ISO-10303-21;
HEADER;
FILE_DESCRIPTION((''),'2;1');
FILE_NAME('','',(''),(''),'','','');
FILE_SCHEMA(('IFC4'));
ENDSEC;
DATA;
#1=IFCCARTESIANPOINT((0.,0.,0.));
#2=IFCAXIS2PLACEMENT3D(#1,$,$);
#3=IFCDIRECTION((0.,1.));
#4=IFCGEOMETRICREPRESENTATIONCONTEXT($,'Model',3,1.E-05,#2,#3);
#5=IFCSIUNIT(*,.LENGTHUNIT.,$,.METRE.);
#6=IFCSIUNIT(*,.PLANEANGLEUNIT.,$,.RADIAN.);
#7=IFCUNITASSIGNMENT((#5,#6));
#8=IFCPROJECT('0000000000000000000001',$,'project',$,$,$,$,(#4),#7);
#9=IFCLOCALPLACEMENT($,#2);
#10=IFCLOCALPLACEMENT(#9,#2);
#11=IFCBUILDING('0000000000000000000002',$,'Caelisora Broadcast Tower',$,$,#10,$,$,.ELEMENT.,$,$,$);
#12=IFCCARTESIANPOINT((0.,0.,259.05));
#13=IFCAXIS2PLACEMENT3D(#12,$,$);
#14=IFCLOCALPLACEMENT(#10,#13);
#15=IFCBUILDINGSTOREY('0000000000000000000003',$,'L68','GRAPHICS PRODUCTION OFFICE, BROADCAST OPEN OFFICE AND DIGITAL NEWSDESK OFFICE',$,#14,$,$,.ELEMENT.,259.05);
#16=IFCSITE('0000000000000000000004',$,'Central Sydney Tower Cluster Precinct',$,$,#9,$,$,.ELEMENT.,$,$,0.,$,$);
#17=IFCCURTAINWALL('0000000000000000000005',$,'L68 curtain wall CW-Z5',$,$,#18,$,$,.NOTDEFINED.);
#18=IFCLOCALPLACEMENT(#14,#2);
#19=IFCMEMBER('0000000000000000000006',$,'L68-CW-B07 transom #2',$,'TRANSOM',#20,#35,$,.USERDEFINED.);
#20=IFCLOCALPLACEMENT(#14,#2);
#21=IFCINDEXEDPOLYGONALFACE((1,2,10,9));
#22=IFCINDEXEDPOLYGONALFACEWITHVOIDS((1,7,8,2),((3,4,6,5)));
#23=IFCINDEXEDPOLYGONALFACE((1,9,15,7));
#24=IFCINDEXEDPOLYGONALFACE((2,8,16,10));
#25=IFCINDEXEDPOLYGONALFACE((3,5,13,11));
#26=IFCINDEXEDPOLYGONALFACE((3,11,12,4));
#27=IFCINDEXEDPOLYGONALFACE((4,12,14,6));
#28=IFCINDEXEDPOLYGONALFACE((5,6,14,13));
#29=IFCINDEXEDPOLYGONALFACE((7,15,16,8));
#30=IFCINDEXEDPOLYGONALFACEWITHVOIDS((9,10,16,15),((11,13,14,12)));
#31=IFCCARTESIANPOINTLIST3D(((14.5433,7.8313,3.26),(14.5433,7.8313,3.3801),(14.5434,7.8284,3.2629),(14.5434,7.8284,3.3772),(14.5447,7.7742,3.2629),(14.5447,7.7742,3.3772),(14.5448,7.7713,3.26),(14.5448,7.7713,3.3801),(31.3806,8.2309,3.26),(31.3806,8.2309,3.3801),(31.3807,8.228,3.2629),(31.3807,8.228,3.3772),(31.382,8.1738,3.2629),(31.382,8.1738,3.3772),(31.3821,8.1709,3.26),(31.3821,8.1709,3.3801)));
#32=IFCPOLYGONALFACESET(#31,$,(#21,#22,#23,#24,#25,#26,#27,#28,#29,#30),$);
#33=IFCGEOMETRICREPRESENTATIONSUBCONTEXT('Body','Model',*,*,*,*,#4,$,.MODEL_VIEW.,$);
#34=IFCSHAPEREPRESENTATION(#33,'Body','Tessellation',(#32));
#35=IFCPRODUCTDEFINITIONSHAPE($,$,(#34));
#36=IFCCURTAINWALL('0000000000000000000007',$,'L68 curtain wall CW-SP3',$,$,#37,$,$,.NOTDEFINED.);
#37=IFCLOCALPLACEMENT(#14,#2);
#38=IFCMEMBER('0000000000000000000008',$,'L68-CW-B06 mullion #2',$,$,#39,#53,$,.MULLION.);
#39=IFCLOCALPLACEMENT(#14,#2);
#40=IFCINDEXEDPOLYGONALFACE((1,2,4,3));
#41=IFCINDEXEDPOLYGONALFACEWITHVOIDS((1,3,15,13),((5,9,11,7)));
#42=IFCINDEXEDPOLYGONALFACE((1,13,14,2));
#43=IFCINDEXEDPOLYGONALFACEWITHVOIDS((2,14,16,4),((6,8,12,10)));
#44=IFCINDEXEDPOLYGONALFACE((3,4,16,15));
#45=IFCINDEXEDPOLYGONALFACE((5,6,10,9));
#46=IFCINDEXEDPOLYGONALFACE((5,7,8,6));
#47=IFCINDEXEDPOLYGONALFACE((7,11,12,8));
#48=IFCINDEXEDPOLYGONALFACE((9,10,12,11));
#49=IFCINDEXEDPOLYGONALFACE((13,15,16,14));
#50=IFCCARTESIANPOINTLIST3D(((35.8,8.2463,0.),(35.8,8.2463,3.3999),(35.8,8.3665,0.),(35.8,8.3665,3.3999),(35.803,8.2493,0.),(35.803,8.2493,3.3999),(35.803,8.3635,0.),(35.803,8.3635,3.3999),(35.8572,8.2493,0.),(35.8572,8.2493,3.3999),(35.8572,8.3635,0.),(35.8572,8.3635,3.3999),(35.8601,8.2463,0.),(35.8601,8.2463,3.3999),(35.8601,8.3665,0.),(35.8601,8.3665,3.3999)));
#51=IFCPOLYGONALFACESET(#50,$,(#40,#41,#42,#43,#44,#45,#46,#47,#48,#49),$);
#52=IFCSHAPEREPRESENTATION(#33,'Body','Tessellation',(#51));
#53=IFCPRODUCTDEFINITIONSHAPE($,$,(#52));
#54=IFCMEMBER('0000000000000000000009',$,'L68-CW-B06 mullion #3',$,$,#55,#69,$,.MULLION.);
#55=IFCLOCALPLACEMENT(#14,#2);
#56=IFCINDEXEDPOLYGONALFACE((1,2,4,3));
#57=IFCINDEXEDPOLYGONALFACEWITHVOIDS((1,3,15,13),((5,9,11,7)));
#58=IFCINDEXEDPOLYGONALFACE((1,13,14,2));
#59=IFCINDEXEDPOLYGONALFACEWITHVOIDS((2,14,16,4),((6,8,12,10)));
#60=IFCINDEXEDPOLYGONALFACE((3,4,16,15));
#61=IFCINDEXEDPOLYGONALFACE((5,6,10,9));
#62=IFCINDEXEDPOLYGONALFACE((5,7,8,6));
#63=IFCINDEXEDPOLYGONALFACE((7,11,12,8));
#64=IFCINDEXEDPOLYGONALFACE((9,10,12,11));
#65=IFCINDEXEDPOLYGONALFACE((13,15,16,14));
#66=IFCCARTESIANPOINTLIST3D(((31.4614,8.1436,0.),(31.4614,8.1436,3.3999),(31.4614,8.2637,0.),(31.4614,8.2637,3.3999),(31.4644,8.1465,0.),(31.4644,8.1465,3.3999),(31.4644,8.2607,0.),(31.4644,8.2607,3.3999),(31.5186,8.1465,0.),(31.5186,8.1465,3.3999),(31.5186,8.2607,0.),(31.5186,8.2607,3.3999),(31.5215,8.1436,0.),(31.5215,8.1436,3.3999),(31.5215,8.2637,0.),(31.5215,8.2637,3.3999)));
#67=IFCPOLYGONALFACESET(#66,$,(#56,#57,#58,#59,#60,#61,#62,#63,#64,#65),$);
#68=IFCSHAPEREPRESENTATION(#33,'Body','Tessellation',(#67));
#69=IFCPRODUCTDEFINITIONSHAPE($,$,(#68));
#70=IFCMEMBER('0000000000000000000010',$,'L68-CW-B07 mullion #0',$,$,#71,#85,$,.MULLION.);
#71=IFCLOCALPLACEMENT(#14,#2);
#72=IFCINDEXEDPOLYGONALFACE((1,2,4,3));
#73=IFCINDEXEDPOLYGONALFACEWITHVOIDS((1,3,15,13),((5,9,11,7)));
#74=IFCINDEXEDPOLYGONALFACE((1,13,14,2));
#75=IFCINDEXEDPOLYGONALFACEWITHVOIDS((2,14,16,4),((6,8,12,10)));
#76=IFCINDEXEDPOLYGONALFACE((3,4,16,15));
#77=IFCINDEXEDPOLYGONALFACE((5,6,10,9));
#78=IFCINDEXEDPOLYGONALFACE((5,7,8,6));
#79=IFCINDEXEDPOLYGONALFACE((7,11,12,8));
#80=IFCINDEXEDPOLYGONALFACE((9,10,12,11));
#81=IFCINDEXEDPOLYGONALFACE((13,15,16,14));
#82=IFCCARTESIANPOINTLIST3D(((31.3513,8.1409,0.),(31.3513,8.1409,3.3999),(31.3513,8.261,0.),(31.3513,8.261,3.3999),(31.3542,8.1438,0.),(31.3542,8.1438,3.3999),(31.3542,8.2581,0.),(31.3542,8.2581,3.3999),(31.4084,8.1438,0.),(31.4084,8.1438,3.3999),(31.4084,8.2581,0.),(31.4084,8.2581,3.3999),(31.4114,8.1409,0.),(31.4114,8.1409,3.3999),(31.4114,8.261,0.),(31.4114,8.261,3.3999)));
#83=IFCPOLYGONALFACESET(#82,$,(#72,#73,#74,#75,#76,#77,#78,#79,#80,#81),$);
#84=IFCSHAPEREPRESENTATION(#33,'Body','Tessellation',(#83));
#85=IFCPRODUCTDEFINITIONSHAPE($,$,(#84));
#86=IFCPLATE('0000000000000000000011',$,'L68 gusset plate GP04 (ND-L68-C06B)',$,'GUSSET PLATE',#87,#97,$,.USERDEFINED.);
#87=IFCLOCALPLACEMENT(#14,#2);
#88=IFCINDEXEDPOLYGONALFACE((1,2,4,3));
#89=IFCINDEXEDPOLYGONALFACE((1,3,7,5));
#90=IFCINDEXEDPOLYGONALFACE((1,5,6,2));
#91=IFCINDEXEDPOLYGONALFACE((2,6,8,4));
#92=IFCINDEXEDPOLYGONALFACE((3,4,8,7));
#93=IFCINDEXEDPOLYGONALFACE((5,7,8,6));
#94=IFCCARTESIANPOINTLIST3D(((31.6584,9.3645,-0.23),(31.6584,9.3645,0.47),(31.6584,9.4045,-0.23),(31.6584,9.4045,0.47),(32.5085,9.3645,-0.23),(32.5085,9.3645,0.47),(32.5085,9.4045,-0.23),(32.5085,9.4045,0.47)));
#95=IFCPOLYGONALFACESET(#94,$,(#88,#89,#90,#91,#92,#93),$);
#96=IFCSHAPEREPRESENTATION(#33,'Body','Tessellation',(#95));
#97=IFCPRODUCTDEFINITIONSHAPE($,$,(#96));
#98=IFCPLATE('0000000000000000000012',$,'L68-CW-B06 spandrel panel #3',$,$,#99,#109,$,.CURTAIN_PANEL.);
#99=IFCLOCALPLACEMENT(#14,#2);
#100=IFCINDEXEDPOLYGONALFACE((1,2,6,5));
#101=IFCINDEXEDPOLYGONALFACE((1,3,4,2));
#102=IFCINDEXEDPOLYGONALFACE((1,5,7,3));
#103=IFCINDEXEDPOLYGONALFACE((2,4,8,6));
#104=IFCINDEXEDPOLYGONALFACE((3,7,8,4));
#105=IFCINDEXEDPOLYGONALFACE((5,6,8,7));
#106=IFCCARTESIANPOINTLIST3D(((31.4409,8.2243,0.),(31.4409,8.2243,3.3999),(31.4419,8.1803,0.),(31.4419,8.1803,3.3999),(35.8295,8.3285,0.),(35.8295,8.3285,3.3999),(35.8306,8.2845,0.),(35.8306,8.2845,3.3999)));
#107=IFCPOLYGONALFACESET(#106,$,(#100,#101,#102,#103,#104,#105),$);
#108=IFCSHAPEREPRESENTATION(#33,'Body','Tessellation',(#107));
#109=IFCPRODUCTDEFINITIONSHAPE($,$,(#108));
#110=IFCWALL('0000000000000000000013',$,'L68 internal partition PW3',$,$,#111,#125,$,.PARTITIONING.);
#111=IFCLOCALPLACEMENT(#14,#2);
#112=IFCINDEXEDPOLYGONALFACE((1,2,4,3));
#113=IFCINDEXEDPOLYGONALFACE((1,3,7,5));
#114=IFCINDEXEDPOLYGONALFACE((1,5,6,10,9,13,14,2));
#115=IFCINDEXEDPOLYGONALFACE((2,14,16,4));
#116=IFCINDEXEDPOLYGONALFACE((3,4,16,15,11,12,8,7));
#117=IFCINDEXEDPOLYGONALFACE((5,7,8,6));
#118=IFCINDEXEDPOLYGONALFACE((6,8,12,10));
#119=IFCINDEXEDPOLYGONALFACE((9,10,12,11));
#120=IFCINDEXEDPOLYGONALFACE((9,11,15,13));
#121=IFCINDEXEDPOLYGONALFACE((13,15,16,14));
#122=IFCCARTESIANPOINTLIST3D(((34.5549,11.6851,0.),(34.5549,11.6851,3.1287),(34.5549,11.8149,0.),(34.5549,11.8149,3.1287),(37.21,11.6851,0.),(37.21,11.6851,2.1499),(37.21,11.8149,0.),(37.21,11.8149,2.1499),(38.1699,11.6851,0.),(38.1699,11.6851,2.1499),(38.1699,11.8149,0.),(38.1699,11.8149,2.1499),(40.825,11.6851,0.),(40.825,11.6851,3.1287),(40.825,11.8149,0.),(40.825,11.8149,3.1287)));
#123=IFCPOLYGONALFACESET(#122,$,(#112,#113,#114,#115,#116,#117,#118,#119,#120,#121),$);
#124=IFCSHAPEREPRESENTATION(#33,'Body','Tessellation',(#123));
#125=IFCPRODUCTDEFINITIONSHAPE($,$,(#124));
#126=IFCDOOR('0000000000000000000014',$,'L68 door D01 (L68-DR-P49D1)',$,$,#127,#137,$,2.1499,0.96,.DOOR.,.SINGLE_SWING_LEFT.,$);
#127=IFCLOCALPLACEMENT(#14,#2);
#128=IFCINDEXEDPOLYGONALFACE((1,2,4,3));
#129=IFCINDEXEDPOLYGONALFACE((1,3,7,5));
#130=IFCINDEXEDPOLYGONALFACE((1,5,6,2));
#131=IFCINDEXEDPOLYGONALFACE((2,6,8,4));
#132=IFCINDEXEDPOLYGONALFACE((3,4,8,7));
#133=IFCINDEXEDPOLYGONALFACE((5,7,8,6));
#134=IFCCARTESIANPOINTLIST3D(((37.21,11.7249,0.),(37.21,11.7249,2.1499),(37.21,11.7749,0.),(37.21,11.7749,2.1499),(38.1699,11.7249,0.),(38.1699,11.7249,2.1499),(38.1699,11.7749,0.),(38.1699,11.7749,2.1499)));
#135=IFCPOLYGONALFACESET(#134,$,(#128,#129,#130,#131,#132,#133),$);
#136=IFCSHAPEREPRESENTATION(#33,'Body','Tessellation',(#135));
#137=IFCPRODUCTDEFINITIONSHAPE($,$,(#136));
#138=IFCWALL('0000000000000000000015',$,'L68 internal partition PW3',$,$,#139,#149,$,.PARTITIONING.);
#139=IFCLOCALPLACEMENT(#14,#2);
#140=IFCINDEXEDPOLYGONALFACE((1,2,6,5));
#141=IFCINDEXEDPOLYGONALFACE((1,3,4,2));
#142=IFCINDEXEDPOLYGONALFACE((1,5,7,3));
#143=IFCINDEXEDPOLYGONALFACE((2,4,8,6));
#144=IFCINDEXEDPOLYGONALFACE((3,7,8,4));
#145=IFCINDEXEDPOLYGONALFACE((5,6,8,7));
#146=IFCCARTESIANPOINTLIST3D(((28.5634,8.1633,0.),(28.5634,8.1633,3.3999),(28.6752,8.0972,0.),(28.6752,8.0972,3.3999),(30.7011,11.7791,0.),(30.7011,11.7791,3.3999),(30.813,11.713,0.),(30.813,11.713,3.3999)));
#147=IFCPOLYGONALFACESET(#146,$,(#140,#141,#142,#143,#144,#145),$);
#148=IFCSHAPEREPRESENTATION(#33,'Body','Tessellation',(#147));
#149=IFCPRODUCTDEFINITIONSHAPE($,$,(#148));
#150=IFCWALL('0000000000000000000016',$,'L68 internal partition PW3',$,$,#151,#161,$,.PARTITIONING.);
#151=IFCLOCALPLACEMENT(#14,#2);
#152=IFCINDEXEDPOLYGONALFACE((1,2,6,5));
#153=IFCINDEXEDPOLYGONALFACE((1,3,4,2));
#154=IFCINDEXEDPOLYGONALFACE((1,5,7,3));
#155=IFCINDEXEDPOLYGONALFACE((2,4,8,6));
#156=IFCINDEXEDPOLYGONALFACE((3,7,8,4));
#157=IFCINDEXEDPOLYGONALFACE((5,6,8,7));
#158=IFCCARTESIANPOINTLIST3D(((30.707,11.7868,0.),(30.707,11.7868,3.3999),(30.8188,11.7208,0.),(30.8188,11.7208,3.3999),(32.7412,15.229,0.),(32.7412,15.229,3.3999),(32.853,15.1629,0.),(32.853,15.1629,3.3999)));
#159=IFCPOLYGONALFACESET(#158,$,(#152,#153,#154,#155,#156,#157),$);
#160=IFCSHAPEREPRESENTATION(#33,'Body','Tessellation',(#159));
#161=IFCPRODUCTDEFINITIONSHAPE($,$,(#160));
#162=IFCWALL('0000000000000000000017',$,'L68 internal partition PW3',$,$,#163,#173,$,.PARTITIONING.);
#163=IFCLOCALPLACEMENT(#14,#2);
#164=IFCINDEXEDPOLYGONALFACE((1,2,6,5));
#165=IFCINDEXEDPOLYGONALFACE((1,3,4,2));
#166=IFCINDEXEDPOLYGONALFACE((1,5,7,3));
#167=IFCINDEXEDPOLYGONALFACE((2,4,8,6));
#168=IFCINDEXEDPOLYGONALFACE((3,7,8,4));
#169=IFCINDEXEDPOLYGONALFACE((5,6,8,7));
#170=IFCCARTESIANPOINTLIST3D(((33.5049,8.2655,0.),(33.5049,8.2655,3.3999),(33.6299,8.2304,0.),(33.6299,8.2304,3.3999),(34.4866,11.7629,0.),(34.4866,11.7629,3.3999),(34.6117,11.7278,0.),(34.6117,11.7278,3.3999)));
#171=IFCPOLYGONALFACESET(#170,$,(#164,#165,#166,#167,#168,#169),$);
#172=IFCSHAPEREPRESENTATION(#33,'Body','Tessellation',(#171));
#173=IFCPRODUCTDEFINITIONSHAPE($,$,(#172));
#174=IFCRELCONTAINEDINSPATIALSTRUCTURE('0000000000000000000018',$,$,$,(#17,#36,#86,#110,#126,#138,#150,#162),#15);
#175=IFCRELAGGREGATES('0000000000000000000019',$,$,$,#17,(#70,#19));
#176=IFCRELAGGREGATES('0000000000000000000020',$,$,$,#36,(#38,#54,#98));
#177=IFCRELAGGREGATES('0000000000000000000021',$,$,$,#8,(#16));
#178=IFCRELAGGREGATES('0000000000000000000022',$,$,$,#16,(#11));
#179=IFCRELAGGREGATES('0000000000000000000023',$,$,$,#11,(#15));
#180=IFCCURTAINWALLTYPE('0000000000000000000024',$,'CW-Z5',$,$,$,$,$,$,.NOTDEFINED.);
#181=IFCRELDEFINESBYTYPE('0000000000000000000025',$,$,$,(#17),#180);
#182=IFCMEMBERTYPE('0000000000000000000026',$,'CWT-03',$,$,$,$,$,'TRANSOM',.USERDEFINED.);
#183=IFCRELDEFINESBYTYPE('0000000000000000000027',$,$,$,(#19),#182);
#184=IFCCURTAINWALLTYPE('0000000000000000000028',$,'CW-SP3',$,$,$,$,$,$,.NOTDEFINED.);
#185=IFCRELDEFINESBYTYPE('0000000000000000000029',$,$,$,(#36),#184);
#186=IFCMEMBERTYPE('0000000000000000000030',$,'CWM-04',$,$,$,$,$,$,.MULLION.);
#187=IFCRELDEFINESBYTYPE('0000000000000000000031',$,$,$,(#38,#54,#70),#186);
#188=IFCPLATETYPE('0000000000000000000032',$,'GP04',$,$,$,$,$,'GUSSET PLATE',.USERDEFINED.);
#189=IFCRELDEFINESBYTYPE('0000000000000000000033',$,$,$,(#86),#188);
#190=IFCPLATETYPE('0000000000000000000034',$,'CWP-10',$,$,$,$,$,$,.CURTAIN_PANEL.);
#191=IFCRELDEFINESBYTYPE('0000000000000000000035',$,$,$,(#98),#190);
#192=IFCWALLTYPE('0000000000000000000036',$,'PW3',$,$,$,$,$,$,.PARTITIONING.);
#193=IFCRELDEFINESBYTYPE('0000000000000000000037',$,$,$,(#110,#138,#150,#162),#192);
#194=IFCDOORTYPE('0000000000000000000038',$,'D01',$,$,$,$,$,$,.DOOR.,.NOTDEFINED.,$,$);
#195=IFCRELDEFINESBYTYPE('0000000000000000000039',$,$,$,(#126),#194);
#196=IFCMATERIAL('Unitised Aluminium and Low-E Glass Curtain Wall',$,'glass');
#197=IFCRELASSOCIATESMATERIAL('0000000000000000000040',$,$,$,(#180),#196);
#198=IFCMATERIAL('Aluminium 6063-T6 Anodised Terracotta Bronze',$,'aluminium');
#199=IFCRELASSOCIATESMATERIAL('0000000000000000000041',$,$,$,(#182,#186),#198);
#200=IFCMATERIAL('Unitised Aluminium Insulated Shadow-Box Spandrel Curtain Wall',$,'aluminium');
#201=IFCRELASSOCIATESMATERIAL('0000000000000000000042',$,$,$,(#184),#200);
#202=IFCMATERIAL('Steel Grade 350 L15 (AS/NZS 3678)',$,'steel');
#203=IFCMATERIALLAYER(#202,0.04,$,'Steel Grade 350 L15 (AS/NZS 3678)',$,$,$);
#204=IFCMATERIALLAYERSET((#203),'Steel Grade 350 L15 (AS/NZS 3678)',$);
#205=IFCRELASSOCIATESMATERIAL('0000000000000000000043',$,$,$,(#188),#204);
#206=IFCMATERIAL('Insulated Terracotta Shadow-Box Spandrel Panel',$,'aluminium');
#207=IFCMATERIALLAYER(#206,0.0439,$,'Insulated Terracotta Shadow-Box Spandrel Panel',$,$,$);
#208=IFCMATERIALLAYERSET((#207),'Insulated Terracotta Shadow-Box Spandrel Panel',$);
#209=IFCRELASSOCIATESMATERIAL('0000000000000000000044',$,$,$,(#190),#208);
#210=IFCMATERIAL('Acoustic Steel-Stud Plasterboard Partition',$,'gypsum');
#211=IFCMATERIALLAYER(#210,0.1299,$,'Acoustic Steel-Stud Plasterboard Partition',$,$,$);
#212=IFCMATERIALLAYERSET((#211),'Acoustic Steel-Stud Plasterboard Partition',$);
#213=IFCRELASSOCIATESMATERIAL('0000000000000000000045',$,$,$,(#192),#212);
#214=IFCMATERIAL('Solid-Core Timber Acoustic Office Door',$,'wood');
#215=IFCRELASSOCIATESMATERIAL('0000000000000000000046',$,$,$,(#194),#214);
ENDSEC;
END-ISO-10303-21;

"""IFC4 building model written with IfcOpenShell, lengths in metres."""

from ifc_helpers import new_model, si_unit, direction, frame, frame_2d, origin, origin_2d, place, context, subcontext, project, spatial, rectangle, hollow_rectangle, extrude, source, transform, mapped, material, layer, layer_set, material_profile, profile_set, type_object, type_shapes, element, fill, aggregate, save


model = new_model("IFC4")

# Units and contexts
model_context = context("Model", 3, precision=1e-05, world=origin(), true_north=direction((0.0, 1.0)))
body_context = subcontext(model_context, "Body", "Model", "MODEL_VIEW")
ifc_project = project(units=[si_unit("LENGTHUNIT", "METRE"), si_unit("PLANEANGLEUNIT", "RADIAN")], contexts=[model_context])

# Site, building, storey
site_placement = place(None, origin())
site = spatial("IfcSite", under=ifc_project, at=site_placement, Name="Central Sydney Tower Cluster Precinct", CompositionType="ELEMENT", RefElevation=0.0)
building_placement = place(site_placement, origin())
building = spatial("IfcBuilding", under=site, at=building_placement, Name="Caelisora Broadcast Tower", CompositionType="ELEMENT")
storey_placement = place(building_placement, frame((0.0, 0.0, 259.05)))
storey = spatial("IfcBuildingStorey", under=building, at=storey_placement, Name="L68", Description="GRAPHICS PRODUCTION OFFICE, BROADCAST OPEN OFFICE AND DIGITAL NEWSDESK OFFICE", CompositionType="ELEMENT", Elevation=259.05)

# Shared definitions
ifc_material_1 = material(Name="Steel Grade 350 L15 (AS/NZS 3678)", Category="steel")

# Curtain walls, members
ifc_material_2 = material(Name="Unitised Aluminium and Low-E Glass Curtain Wall", Category="glass")
curtain_wall_type_1 = type_object("IfcCurtainWallType", Name="CW-Z5", PredefinedType="NOTDEFINED", material=ifc_material_2)
curtain_wall_1_placement = place(storey_placement, origin())
curtain_wall_1 = element("IfcCurtainWall", 1, at=curtain_wall_1_placement, inside=storey, type_object=curtain_wall_type_1, Name="L68 curtain wall CW-Z5", PredefinedType="NOTDEFINED")
ifc_material_3 = material(Name="Aluminium 6063-T6 Anodised Terracotta Bronze", Category="aluminium")
ifc_material_profile_1 = material_profile(ifc_material_3, hollow_rectangle(XDim=0.0601, YDim=0.1201, WallThickness=0.0029, at=origin_2d()), Name="Aluminium 6063-T6 Anodised Terracotta Bronze")
ifc_profile_set_1 = profile_set([ifc_material_profile_1], Name="Aluminium 6063-T6 Anodised Terracotta Bronze")
member_type_1 = type_object("IfcMemberType", Name="CWT-03", ElementType="TRANSOM", PredefinedType="USERDEFINED", material=ifc_profile_set_1)
shared_shape_1 = source(origin(), body_context, "Body", "SweptSolid", [
    extrude(hollow_rectangle(XDim=0.0601, YDim=0.1201, WallThickness=0.0029, at=origin_2d()), origin(), (0.0, 0.0, 1.0), 16.842),
])
type_shapes(member_type_1, [shared_shape_1])
member_1_placement = place(storey_placement, frame((31.3813, 8.2009, 3.3201), z_axis=(-0.999718, -0.02373, 0.0), x_axis=(0.02373, -0.999718, 0.0)))
member_1 = element("IfcMember", 2, at=member_1_placement, type_object=member_type_1, Name="L68-CW-B07 transom #2", ObjectType="TRANSOM", PredefinedType="USERDEFINED", context=body_context, shape_type="MappedRepresentation", body=[
    mapped(shared_shape_1, transform((0.0, 0.0, 0.0), scale=1.0)),
])
ifc_material_4 = material(Name="Unitised Aluminium Insulated Shadow-Box Spandrel Curtain Wall", Category="aluminium")
curtain_wall_type_2 = type_object("IfcCurtainWallType", Name="CW-SP3", PredefinedType="NOTDEFINED", material=ifc_material_4)
curtain_wall_2_placement = place(storey_placement, origin())
curtain_wall_2 = element("IfcCurtainWall", 3, at=curtain_wall_2_placement, inside=storey, type_object=curtain_wall_type_2, Name="L68 curtain wall CW-SP3", PredefinedType="NOTDEFINED")
ifc_material_profile_2 = material_profile(ifc_material_3, hollow_rectangle(XDim=0.0601, YDim=0.1201, WallThickness=0.0029, at=origin_2d()), Name="Aluminium 6063-T6 Anodised Terracotta Bronze")
ifc_profile_set_2 = profile_set([ifc_material_profile_2], Name="Aluminium 6063-T6 Anodised Terracotta Bronze")
member_type_2 = type_object("IfcMemberType", Name="CWM-04", PredefinedType="MULLION", material=ifc_profile_set_2)
shared_shape_2 = source(origin(), body_context, "Body", "SweptSolid", [
    extrude(hollow_rectangle(XDim=0.0601, YDim=0.1201, WallThickness=0.0029, at=origin_2d()), origin(), (0.0, 0.0, 1.0), 3.3999),
])
type_shapes(member_type_2, [shared_shape_2])
member_2_placement = place(storey_placement, frame((35.8301, 8.3064, 0.0), z_axis=(0.0, 0.0, 1.0), x_axis=(1.0, 0.0, 0.0)))
member_2 = element("IfcMember", 4, at=member_2_placement, type_object=member_type_2, Name="L68-CW-B06 mullion #2", PredefinedType="MULLION", context=body_context, shape_type="MappedRepresentation", body=[
    mapped(shared_shape_2, transform((0.0, 0.0, 0.0), scale=1.0)),
])
member_3_placement = place(storey_placement, frame((31.4915, 8.2036, 0.0), z_axis=(0.0, 0.0, 1.0), x_axis=(1.0, 0.0, 0.0)))
member_3 = element("IfcMember", 5, at=member_3_placement, type_object=member_type_2, Name="L68-CW-B06 mullion #3", PredefinedType="MULLION", context=body_context, shape_type="MappedRepresentation", body=[
    mapped(shared_shape_2, transform((0.0, 0.0, 0.0), scale=1.0)),
])

# Member
member_4_placement = place(storey_placement, frame((31.3813, 8.2009, 0.0), z_axis=(0.0, 0.0, 1.0), x_axis=(1.0, 0.0, 0.0)))
member_4 = element("IfcMember", 6, at=member_4_placement, type_object=member_type_2, Name="L68-CW-B07 mullion #0", PredefinedType="MULLION", context=body_context, shape_type="MappedRepresentation", body=[
    mapped(shared_shape_2, transform((0.0, 0.0, 0.0), scale=1.0)),
])
aggregate(curtain_wall_1, [member_4, member_1])

# Plates
ifc_layer_1 = layer(ifc_material_1, 0.04, Name="Steel Grade 350 L15 (AS/NZS 3678)")
ifc_layer_set_1 = layer_set([ifc_layer_1], Name="Steel Grade 350 L15 (AS/NZS 3678)")
plate_type_1 = type_object("IfcPlateType", Name="GP04", ElementType="GUSSET PLATE", PredefinedType="USERDEFINED", material=ifc_layer_set_1)
shared_shape_3 = source(origin(), body_context, "Body", "SweptSolid", [
    extrude(rectangle(XDim=0.8501, YDim=0.04, at=origin_2d()), origin(), (0.0, 0.0, 1.0), 0.7),
])
type_shapes(plate_type_1, [shared_shape_3])
plate_1_placement = place(storey_placement, frame((32.0835, 9.3845, -0.23), z_axis=(0.0, 0.0, 1.0), x_axis=(1.0, 0.0, 0.0)))
element("IfcPlate", 7, at=plate_1_placement, inside=storey, type_object=plate_type_1, Name="L68 gusset plate GP04 (ND-L68-C06B)", ObjectType="GUSSET PLATE", PredefinedType="USERDEFINED", context=body_context, shape_type="MappedRepresentation", body=[
    mapped(shared_shape_3, transform((0.0, 0.0, 0.0), scale=1.0)),
])
ifc_material_5 = material(Name="Insulated Terracotta Shadow-Box Spandrel Panel", Category="aluminium")
ifc_layer_2 = layer(ifc_material_5, 0.0439, Name="Insulated Terracotta Shadow-Box Spandrel Panel")
ifc_layer_set_2 = layer_set([ifc_layer_2], Name="Insulated Terracotta Shadow-Box Spandrel Panel")
plate_type_2 = type_object("IfcPlateType", Name="CWP-10", PredefinedType="CURTAIN_PANEL", material=ifc_layer_set_2)
shared_shape_4 = source(origin(), body_context, "Body", "SweptSolid", [
    extrude(rectangle(XDim=4.3899, YDim=0.0439, at=origin_2d()), origin(), (0.0, 0.0, 1.0), 3.3999),
])
type_shapes(plate_type_2, [shared_shape_4])
plate_2_placement = place(storey_placement, frame((33.6357, 8.2544, 0.0), z_axis=(0.0, 0.0, 1.0), x_axis=(-0.999718, -0.023734, 0.0)))
plate_2 = element("IfcPlate", 8, at=plate_2_placement, type_object=plate_type_2, Name="L68-CW-B06 spandrel panel #3", PredefinedType="CURTAIN_PANEL", context=body_context, shape_type="MappedRepresentation", body=[
    mapped(shared_shape_4, transform((0.0, 0.0, 0.0), scale=1.0)),
])
aggregate(curtain_wall_2, [member_2, member_3, plate_2])

# Wall, opening, door
ifc_material_6 = material(Name="Acoustic Steel-Stud Plasterboard Partition", Category="gypsum")
ifc_layer_3 = layer(ifc_material_6, 0.1299, Name="Acoustic Steel-Stud Plasterboard Partition")
ifc_layer_set_3 = layer_set([ifc_layer_3], Name="Acoustic Steel-Stud Plasterboard Partition")
wall_type = type_object("IfcWallType", Name="PW3", PredefinedType="PARTITIONING", material=ifc_layer_set_3)
wall_1_placement = place(storey_placement, frame((34.5549, 11.75, 0.0), z_axis=(0.0, 0.0, 1.0), x_axis=(1.0, 0.0, 0.0)))
wall_1 = element("IfcWall", 9, at=wall_1_placement, inside=storey, type_object=wall_type, Name="L68 internal partition PW3", PredefinedType="PARTITIONING", context=body_context, shape_type="SweptSolid", body=[
    extrude(rectangle(XDim=6.27, YDim=0.1299, at=frame_2d((3.135, 0.0))), origin(), (0.0, 0.0, 1.0), 3.1287),
])
opening_1_placement = place(wall_1_placement, frame((2.655, 0.0, 0.0)))
opening_1 = element("IfcOpeningElement", 10, at=opening_1_placement, cuts=wall_1, PredefinedType="OPENING", context=body_context, shape_type="SweptSolid", body=[
    extrude(rectangle(XDim=0.96, YDim=2.1499, at=frame_2d((0.48, 1.075))), frame((0.0, 0.0769, 0.0), z_axis=(0.0, -1.0, 0.0), x_axis=(1.0, 0.0, 0.0)), (0.0, 0.0, 1.0), 0.1538),
])
ifc_material_7 = material(Name="Solid-Core Timber Acoustic Office Door", Category="wood")
door_type = type_object("IfcDoorType", Name="D01", OperationType="NOTDEFINED", PredefinedType="DOOR", material=ifc_material_7)
door_1_placement = place(opening_1_placement, origin())
door_1 = element("IfcDoor", 11, at=door_1_placement, inside=storey, type_object=door_type, Name="L68 door D01 (L68-DR-P49D1)", OperationType="SINGLE_SWING_LEFT", OverallHeight=2.1499, OverallWidth=0.96, PredefinedType="DOOR", context=body_context, shape_type="SweptSolid", body=[
    extrude(rectangle(XDim=0.96, YDim=2.1499, at=frame_2d((0.48, 1.075))), frame((0.0, 0.0249, 0.0), z_axis=(0.0, -1.0, 0.0), x_axis=(1.0, 0.0, 0.0)), (0.0, 0.0, 1.0), 0.05),
])
fill(opening_1, door_1)

# Walls
wall_2_placement = place(storey_placement, frame((28.6194, 8.1304, 0.0), z_axis=(0.0, 0.0, 1.0), x_axis=(0.508929, 0.860808, 0.0)))
element("IfcWall", 12, at=wall_2_placement, inside=storey, type_object=wall_type, Name="L68 internal partition PW3", PredefinedType="PARTITIONING", context=body_context, shape_type="SweptSolid", body=[
    extrude(rectangle(XDim=4.2004, YDim=0.1299, at=frame_2d((2.1001, 0.0))), origin(), (0.0, 0.0, 1.0), 3.3999),
])
wall_3_placement = place(storey_placement, frame((30.7629, 11.7539, 0.0), z_axis=(0.0, 0.0, 1.0), x_axis=(0.508764, 0.860906, 0.0)))
element("IfcWall", 13, at=wall_3_placement, inside=storey, type_object=wall_type, Name="L68 internal partition PW3", PredefinedType="PARTITIONING", context=body_context, shape_type="SweptSolid", body=[
    extrude(rectangle(XDim=3.9983, YDim=0.1299, at=frame_2d((1.999, 0.0))), origin(), (0.0, 0.0, 1.0), 3.3999),
])

# Wall
wall_4_placement = place(storey_placement, frame((33.5674, 8.2478, 0.0), z_axis=(0.0, 0.0, 1.0), x_axis=(0.270253, 0.962789, 0.0)))
element("IfcWall", 14, at=wall_4_placement, inside=storey, type_object=wall_type, Name="L68 internal partition PW3", PredefinedType="PARTITIONING", context=body_context, shape_type="SweptSolid", body=[
    extrude(rectangle(XDim=3.6326, YDim=0.1299, at=frame_2d((1.8164, 0.0))), origin(), (0.0, 0.0, 1.0), 3.3999),
])

save(model, "model.ifc")
